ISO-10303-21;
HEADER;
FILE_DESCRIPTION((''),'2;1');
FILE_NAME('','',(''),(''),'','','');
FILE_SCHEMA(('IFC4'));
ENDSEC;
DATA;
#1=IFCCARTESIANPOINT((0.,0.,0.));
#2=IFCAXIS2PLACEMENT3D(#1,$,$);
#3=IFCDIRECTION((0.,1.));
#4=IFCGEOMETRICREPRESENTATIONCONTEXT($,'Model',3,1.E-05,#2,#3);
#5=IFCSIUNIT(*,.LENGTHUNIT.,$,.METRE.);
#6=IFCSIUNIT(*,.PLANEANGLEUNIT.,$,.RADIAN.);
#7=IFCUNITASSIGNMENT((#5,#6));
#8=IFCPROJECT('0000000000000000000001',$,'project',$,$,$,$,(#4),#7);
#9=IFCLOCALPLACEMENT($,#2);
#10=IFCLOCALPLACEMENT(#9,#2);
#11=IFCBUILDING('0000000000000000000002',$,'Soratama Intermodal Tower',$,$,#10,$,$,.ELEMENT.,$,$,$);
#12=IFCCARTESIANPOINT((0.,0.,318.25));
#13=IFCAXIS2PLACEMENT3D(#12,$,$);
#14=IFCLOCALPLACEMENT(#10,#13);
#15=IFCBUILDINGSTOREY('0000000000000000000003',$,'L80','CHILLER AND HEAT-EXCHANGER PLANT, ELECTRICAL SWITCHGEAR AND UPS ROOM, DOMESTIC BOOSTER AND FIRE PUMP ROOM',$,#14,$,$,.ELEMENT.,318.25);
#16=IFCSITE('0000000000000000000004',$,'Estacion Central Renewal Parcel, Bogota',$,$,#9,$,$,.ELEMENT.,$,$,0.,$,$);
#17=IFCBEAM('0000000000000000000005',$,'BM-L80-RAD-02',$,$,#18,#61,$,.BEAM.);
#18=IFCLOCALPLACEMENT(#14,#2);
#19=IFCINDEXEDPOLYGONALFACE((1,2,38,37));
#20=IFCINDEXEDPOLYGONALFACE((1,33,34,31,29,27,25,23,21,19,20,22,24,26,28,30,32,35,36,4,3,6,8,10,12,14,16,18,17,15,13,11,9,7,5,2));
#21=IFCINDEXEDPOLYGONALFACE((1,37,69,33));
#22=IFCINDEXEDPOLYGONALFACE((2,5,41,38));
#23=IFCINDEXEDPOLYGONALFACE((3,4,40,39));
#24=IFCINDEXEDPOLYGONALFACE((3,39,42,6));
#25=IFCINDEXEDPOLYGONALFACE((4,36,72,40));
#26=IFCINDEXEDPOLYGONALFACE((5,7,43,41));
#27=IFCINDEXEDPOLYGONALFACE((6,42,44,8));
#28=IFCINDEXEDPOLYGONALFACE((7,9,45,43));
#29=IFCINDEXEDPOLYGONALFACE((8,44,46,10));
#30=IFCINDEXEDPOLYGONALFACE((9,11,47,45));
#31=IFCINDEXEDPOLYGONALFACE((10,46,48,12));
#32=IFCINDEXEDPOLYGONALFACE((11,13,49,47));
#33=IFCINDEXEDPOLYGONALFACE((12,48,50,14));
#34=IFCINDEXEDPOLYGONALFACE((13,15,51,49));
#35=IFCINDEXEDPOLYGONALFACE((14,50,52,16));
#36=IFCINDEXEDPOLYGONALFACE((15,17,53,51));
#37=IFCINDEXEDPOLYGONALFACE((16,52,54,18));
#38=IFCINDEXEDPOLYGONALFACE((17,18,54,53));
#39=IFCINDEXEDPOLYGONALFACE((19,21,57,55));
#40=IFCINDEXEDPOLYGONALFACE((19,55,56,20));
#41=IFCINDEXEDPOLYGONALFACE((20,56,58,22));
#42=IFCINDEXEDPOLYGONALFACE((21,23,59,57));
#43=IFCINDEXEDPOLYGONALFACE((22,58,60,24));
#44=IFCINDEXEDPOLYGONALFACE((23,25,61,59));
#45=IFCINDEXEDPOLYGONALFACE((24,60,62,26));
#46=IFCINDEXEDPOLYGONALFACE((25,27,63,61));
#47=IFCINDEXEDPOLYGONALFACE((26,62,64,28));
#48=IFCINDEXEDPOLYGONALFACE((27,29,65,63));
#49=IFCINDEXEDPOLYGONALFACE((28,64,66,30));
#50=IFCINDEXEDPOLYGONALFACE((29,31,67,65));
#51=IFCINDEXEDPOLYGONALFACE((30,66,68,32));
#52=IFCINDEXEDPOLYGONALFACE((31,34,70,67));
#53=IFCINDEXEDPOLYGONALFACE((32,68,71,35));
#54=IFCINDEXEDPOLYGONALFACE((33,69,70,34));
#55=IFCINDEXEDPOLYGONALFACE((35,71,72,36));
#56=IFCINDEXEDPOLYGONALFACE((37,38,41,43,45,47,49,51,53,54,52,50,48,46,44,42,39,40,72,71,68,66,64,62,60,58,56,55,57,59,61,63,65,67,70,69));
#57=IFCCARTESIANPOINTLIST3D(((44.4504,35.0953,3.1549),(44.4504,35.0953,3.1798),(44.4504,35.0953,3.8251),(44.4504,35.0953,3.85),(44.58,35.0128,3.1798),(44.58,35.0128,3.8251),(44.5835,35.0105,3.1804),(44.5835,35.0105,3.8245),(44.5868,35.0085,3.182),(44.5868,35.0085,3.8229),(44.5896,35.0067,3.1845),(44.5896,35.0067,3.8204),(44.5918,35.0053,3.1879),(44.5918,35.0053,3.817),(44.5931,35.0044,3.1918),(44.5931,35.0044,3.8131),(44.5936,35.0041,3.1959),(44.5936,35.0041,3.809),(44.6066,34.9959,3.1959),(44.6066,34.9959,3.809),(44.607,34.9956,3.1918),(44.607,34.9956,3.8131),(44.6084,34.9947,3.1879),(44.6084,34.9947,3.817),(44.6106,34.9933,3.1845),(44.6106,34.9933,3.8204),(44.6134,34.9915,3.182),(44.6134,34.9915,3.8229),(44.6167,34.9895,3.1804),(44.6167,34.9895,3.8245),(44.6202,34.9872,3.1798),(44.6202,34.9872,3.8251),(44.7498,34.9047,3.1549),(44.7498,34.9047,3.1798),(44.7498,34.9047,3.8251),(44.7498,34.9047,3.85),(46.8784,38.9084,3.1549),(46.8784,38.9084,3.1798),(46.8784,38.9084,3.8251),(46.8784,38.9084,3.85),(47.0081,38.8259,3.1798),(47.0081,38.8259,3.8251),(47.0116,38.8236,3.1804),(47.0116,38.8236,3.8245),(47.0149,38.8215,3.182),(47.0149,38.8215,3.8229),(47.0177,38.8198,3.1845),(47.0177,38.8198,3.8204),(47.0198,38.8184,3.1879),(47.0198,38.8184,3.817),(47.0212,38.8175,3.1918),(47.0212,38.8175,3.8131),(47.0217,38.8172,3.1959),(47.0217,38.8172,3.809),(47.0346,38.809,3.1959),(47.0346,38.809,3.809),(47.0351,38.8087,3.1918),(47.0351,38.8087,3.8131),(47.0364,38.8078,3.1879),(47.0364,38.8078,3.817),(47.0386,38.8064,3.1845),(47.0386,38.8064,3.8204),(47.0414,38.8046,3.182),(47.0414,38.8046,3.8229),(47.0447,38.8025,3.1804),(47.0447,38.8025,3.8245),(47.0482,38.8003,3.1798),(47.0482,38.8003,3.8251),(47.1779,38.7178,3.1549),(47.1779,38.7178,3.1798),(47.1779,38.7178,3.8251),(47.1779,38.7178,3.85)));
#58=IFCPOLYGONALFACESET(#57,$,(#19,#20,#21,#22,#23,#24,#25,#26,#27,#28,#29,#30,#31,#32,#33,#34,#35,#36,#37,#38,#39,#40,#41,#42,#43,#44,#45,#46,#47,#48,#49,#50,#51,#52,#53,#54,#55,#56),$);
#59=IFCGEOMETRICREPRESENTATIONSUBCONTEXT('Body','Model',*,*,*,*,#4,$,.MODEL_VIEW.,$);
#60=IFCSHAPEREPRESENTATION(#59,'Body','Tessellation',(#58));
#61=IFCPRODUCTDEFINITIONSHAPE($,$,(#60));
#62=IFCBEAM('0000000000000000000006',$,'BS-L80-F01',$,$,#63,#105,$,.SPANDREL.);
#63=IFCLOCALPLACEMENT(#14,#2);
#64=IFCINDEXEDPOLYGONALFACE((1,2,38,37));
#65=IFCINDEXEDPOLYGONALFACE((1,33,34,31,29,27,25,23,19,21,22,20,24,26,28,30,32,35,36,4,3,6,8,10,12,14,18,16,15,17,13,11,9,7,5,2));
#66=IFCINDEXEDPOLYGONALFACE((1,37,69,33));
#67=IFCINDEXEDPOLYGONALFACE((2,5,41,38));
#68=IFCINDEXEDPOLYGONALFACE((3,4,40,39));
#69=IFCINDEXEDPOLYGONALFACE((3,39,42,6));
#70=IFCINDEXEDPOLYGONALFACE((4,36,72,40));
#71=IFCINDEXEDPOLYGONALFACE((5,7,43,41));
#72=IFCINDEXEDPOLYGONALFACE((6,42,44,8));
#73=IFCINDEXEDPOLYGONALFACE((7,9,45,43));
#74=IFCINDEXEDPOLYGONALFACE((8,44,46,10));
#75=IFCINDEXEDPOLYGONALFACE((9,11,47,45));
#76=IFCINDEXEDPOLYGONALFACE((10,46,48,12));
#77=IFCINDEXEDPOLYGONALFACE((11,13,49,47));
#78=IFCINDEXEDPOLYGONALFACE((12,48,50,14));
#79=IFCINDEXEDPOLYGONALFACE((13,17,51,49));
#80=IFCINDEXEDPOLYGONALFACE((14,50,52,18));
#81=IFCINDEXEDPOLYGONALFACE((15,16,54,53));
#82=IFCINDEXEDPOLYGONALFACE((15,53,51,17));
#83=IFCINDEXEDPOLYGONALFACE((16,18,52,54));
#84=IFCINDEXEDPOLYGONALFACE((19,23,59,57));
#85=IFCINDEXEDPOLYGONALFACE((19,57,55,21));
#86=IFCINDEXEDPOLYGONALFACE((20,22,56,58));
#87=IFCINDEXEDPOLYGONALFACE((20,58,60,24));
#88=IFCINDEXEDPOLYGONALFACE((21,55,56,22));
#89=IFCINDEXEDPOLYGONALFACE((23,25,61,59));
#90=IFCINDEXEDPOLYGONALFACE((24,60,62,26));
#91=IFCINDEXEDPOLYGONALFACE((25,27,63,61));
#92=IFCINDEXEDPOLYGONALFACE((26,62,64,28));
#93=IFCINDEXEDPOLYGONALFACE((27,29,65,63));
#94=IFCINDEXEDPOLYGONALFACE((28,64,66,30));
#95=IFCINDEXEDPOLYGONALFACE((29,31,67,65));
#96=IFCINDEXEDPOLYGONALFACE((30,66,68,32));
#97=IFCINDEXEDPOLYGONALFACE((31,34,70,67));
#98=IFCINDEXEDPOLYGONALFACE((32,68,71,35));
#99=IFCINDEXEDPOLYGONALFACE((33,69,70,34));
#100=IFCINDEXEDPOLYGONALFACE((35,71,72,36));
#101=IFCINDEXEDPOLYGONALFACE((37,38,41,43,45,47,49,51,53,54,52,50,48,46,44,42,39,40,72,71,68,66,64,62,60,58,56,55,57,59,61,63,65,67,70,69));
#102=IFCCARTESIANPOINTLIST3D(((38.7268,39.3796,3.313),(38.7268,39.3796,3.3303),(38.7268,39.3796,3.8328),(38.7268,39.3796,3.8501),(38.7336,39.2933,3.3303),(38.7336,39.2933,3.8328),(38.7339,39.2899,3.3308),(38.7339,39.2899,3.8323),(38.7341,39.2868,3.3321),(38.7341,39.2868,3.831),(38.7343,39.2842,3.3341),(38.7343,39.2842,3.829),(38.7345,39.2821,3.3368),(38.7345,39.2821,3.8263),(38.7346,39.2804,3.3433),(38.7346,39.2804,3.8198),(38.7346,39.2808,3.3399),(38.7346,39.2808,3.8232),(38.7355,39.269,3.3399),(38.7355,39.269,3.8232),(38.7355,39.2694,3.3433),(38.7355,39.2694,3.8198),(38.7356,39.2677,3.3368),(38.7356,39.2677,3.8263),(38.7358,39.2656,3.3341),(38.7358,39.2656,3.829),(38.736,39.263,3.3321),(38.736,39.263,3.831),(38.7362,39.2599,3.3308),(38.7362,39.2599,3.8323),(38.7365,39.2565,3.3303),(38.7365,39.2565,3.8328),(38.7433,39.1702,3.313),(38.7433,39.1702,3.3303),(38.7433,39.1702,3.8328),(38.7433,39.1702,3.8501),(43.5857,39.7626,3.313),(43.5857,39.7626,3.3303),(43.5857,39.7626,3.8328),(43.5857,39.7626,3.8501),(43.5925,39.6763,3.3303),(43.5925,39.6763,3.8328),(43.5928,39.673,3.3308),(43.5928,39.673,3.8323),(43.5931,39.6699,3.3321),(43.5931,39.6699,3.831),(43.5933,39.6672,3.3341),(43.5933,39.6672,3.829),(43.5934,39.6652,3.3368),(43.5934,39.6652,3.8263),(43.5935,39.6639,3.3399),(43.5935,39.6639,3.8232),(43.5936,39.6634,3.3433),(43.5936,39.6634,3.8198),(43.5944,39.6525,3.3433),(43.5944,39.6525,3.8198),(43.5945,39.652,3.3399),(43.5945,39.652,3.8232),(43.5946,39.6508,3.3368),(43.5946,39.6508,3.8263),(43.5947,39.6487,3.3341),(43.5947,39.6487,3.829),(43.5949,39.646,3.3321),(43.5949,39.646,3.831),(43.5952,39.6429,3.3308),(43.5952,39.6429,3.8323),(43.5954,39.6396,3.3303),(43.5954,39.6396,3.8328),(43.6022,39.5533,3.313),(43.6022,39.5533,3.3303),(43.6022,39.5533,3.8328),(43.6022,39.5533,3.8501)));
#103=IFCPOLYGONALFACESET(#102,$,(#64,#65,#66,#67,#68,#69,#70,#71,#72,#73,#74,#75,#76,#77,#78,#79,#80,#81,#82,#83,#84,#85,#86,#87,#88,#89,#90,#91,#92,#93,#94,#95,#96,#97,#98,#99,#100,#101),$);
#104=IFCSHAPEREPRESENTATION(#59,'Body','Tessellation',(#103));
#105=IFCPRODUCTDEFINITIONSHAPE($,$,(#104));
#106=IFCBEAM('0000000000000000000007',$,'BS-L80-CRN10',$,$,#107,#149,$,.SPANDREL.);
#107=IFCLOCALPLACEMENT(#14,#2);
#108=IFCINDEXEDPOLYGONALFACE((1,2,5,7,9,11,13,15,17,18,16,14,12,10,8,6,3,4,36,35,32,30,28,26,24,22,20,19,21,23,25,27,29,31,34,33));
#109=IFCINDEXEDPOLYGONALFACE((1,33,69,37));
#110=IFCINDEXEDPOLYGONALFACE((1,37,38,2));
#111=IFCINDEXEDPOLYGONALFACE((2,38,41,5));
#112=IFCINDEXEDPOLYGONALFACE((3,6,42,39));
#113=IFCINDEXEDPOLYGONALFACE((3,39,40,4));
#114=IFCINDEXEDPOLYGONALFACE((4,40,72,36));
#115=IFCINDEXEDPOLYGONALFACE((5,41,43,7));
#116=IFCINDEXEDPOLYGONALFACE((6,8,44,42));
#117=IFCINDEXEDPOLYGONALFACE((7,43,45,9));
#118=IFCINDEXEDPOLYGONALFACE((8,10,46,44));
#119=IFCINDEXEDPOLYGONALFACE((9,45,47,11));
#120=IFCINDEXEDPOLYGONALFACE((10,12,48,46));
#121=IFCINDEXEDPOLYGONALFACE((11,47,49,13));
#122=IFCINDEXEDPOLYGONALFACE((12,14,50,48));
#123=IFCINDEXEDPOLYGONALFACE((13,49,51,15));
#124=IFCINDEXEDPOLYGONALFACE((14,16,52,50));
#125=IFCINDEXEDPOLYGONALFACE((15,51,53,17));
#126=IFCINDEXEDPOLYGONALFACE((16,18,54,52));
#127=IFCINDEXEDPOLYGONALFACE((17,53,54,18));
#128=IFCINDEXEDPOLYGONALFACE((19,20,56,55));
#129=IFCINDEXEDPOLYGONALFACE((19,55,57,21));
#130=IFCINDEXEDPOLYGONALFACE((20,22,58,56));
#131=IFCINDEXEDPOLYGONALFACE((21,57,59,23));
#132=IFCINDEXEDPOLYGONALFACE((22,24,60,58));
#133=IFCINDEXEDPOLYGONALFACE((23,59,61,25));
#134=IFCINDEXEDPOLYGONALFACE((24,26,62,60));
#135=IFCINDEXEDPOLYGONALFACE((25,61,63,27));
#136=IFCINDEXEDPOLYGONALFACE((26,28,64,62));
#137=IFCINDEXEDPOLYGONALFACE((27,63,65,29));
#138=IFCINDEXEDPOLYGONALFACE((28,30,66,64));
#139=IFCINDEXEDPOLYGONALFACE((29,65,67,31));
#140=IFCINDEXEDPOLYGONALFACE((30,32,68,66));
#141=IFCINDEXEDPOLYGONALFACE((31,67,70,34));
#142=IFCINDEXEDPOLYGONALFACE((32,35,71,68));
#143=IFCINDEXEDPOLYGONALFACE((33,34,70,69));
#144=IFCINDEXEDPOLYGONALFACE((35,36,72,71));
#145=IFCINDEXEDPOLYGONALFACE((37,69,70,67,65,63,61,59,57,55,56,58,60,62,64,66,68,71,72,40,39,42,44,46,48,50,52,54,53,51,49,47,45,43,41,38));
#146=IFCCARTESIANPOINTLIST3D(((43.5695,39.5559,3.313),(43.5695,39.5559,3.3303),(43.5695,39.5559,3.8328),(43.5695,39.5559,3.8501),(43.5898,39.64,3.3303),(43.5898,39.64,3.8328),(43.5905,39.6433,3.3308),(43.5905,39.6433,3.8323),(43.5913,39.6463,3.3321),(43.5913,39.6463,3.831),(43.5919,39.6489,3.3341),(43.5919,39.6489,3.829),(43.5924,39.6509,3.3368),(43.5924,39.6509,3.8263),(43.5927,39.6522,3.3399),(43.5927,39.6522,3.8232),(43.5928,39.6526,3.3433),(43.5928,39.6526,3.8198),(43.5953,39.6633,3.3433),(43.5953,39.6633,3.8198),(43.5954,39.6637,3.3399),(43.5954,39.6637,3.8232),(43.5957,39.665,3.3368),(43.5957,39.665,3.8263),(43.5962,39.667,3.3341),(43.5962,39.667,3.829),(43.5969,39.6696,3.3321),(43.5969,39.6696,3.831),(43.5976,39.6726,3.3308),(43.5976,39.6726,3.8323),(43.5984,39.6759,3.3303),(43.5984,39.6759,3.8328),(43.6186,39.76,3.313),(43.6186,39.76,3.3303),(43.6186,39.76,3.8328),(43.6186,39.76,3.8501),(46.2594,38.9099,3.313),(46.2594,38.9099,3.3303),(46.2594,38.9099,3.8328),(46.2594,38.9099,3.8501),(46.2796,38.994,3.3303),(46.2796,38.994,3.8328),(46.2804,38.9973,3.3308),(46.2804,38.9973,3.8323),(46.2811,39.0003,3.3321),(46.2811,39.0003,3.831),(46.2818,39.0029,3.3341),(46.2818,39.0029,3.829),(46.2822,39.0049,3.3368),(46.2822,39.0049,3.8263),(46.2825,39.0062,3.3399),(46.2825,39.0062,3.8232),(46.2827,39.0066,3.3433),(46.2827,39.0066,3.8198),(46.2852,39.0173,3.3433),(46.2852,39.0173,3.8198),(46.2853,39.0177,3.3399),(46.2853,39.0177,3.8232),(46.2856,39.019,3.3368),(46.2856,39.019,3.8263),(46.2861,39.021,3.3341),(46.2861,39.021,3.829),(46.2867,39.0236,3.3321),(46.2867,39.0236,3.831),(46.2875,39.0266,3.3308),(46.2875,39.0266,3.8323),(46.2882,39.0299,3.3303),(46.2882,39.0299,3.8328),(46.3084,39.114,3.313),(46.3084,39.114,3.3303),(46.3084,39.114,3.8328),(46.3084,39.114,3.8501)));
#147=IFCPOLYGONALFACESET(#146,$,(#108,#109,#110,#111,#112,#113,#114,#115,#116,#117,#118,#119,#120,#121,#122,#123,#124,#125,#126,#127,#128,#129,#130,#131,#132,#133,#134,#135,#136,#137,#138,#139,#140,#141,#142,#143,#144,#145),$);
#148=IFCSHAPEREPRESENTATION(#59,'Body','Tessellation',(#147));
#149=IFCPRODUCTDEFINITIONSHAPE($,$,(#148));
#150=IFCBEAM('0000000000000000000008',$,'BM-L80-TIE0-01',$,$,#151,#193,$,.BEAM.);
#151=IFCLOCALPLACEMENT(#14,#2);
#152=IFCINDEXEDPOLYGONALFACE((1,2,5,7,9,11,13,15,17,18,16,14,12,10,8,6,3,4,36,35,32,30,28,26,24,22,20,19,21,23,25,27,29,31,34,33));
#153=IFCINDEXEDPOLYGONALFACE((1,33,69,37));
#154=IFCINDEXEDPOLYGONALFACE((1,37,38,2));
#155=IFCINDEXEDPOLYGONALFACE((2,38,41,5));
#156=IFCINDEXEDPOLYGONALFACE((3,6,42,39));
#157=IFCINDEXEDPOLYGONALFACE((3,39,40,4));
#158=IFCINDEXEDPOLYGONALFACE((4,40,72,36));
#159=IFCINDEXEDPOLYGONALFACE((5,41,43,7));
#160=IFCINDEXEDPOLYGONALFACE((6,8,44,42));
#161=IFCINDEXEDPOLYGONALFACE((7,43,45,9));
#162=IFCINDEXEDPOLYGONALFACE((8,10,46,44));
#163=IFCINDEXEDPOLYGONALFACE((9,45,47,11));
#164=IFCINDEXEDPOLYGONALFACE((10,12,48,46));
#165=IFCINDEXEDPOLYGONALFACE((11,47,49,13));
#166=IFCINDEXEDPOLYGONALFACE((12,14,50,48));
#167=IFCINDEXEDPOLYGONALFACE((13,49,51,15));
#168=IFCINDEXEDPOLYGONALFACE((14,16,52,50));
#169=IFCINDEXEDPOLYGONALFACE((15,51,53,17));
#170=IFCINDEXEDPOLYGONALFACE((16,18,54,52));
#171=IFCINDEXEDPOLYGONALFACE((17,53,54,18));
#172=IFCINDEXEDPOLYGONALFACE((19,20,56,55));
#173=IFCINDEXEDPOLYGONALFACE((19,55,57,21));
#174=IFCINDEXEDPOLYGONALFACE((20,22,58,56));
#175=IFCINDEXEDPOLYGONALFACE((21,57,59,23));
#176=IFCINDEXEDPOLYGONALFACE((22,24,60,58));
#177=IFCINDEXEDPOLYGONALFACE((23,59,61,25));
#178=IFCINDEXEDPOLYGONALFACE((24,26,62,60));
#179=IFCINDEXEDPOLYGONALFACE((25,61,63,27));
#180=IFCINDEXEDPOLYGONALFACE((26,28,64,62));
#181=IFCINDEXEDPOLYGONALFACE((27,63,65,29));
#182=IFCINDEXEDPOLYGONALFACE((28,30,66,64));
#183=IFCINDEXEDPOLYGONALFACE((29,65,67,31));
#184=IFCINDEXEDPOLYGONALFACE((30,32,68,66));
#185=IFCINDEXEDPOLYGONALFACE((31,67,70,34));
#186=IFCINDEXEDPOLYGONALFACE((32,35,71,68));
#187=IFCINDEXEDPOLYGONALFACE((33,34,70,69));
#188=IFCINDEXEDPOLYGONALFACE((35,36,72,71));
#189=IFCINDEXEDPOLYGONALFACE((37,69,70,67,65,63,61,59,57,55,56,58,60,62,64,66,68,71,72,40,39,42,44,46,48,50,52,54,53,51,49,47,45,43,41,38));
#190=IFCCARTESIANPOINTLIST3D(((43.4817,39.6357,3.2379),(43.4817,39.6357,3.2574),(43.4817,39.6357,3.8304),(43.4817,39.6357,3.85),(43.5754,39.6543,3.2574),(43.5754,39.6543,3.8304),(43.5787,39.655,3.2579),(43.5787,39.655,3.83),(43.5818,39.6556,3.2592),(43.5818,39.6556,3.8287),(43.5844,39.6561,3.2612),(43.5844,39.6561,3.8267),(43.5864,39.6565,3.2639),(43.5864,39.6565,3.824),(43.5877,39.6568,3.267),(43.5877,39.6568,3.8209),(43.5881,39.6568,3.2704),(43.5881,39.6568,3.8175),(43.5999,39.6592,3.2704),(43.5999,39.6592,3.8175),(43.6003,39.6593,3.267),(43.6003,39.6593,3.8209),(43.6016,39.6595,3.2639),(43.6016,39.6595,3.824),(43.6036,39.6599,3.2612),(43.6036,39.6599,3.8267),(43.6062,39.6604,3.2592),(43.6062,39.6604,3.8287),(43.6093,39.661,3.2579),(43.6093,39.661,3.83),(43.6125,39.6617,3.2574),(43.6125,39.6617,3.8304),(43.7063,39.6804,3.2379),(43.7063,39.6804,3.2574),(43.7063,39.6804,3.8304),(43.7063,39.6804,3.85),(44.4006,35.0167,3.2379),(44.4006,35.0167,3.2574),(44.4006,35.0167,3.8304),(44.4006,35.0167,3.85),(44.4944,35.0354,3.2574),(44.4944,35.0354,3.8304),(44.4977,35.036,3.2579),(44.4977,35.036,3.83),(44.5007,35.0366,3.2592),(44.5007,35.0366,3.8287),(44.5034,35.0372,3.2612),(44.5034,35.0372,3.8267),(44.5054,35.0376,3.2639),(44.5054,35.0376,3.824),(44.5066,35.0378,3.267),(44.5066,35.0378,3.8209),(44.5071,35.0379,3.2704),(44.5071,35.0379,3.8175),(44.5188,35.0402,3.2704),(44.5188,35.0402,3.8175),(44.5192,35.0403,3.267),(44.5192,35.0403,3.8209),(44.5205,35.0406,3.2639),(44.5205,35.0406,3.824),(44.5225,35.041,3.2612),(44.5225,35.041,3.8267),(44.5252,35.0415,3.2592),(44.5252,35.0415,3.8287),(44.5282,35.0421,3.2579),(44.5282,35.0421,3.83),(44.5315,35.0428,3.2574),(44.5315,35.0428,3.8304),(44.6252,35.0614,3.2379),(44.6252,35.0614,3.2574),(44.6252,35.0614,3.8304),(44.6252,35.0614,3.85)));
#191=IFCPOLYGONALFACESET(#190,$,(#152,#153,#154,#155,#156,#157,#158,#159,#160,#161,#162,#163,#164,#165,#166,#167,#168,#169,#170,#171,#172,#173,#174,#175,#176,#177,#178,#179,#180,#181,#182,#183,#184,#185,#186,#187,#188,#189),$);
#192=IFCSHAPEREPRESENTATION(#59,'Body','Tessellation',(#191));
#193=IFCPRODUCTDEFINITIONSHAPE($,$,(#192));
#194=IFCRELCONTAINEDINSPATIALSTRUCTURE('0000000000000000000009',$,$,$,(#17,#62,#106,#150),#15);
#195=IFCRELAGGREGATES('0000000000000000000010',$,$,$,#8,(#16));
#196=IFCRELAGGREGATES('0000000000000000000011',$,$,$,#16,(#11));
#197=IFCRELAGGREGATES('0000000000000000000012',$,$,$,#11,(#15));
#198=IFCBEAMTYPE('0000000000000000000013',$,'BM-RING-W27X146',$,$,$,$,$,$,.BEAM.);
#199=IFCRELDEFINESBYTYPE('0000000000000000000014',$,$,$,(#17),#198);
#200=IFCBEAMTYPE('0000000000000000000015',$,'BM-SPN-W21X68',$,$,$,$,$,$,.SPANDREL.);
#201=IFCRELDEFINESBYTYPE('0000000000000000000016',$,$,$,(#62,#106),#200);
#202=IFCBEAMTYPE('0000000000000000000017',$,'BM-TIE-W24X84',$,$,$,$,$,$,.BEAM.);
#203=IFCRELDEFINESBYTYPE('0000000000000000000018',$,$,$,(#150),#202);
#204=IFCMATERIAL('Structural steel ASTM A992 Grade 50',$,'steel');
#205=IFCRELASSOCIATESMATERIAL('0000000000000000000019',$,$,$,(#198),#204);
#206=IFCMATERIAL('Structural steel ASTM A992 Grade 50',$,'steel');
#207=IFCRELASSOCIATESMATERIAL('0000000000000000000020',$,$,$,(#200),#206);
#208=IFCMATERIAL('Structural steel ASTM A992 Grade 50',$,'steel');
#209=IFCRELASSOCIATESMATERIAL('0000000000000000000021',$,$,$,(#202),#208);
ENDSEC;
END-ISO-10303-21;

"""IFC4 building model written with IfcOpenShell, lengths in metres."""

from ifc_helpers import new_model, si_unit, direction, frame, origin, origin_2d, place, context, subcontext, project, spatial, i_section, extrude, material, material_profile, profile_set, type_object, element, save


model = new_model("IFC4")

# Units and contexts
model_context = context("Model", 3, precision=1e-05, world=origin(), true_north=direction((0.0, 1.0)))
body_context = subcontext(model_context, "Body", "Model", "MODEL_VIEW")
ifc_project = project(units=[si_unit("LENGTHUNIT", "METRE"), si_unit("PLANEANGLEUNIT", "RADIAN")], contexts=[model_context])

# Site, building, storey
site_placement = place(None, origin())
site = spatial("IfcSite", under=ifc_project, at=site_placement, Name="Estacion Central Renewal Parcel, Bogota", CompositionType="ELEMENT", RefElevation=0.0)
building_placement = place(site_placement, origin())
building = spatial("IfcBuilding", under=site, at=building_placement, Name="Soratama Intermodal Tower", CompositionType="ELEMENT")
storey_placement = place(building_placement, frame((0.0, 0.0, 318.25)))
storey = spatial("IfcBuildingStorey", under=building, at=storey_placement, Name="L80", Description="CHILLER AND HEAT-EXCHANGER PLANT, ELECTRICAL SWITCHGEAR AND UPS ROOM, DOMESTIC BOOSTER AND FIRE PUMP ROOM", CompositionType="ELEMENT", Elevation=318.25)

# Beams
ifc_material_1 = material(Name="Structural steel ASTM A992 Grade 50", Category="steel")
ifc_material_profile_1 = material_profile(ifc_material_1, i_section(OverallWidth=0.355, OverallDepth=0.6951, WebThickness=0.0154, FlangeThickness=0.0249, FilletRadius=0.0161, at=origin_2d()), Name="W27X146")
ifc_profile_set_1 = profile_set([ifc_material_profile_1], Name="Structural steel ASTM A992 Grade 50")
beam_type_1 = type_object("IfcBeamType", Name="BM-RING-W27X146", PredefinedType="BEAM", material=ifc_profile_set_1)
beam_1_placement = place(storey_placement, frame((44.6001, 35.0, 3.5024), z_axis=(0.537117, 0.843508, 0.0), x_axis=(-0.843508, 0.537117, 0.0)))
element("IfcBeam", 1, at=beam_1_placement, inside=storey, type_object=beam_type_1, Name="BM-L80-RAD-02", PredefinedType="BEAM", context=body_context, shape_type="SweptSolid", body=[
    extrude(i_section(OverallWidth=0.355, OverallDepth=0.6951, WebThickness=0.0154, FlangeThickness=0.0249, FilletRadius=0.0161, at=origin_2d()), origin(), (0.0, 0.0, 1.0), 4.5205),
])
ifc_material_2 = material(Name="Structural steel ASTM A992 Grade 50", Category="steel")
ifc_material_profile_2 = material_profile(ifc_material_2, i_section(OverallWidth=0.21, OverallDepth=0.5371, WebThickness=0.011, FlangeThickness=0.0173, FilletRadius=0.0129, at=origin_2d()), Name="W21X68")
ifc_profile_set_2 = profile_set([ifc_material_profile_2], Name="Structural steel ASTM A992 Grade 50")
beam_type_2 = type_object("IfcBeamType", Name="BM-SPN-W21X68", PredefinedType="SPANDREL", material=ifc_profile_set_2)
beam_2_placement = place(storey_placement, frame((43.594, 39.658, 3.5815), z_axis=(-0.996907, -0.078592, 0.0), x_axis=(0.078592, -0.996907, 0.0)))
element("IfcBeam", 2, at=beam_2_placement, inside=storey, type_object=beam_type_2, Name="BS-L80-F01", PredefinedType="SPANDREL", context=body_context, shape_type="SweptSolid", body=[
    extrude(i_section(OverallWidth=0.21, OverallDepth=0.5371, WebThickness=0.011, FlangeThickness=0.0173, FilletRadius=0.0129, at=origin_2d()), origin(), (0.0, 0.0, 1.0), 4.874),
])
beam_3_placement = place(storey_placement, frame((46.2839, 39.012, 3.5815), z_axis=(-0.972354, 0.233513, 0.0), x_axis=(-0.233513, -0.972354, 0.0)))
element("IfcBeam", 3, at=beam_3_placement, inside=storey, type_object=beam_type_2, Name="BS-L80-CRN10", PredefinedType="SPANDREL", context=body_context, shape_type="SweptSolid", body=[
    extrude(i_section(OverallWidth=0.21, OverallDepth=0.5371, WebThickness=0.011, FlangeThickness=0.0173, FilletRadius=0.0129, at=origin_2d()), origin(), (0.0, 0.0, 1.0), 2.7664),
])
ifc_material_3 = material(Name="Structural steel ASTM A992 Grade 50", Category="steel")
ifc_material_profile_3 = material_profile(ifc_material_3, i_section(OverallWidth=0.229, OverallDepth=0.6121, WebThickness=0.012, FlangeThickness=0.0195, FilletRadius=0.0129, at=origin_2d()), Name="W24X84")
ifc_profile_set_3 = profile_set([ifc_material_profile_3], Name="Structural steel ASTM A992 Grade 50")
beam_type_3 = type_object("IfcBeamType", Name="BM-TIE-W24X84", PredefinedType="BEAM", material=ifc_profile_set_3)
beam_4_placement = place(storey_placement, frame((44.5129, 35.0391, 3.5439), z_axis=(-0.195129, 0.980778, 0.0), x_axis=(-0.980778, -0.195129, 0.0)))
element("IfcBeam", 4, at=beam_4_placement, inside=storey, type_object=beam_type_3, Name="BM-L80-TIE0-01", PredefinedType="BEAM", context=body_context, shape_type="SweptSolid", body=[
    extrude(i_section(OverallWidth=0.229, OverallDepth=0.6121, WebThickness=0.012, FlangeThickness=0.0195, FilletRadius=0.0129, at=origin_2d()), origin(), (0.0, 0.0, 1.0), 4.7095),
])

save(model, "model.ifc")
